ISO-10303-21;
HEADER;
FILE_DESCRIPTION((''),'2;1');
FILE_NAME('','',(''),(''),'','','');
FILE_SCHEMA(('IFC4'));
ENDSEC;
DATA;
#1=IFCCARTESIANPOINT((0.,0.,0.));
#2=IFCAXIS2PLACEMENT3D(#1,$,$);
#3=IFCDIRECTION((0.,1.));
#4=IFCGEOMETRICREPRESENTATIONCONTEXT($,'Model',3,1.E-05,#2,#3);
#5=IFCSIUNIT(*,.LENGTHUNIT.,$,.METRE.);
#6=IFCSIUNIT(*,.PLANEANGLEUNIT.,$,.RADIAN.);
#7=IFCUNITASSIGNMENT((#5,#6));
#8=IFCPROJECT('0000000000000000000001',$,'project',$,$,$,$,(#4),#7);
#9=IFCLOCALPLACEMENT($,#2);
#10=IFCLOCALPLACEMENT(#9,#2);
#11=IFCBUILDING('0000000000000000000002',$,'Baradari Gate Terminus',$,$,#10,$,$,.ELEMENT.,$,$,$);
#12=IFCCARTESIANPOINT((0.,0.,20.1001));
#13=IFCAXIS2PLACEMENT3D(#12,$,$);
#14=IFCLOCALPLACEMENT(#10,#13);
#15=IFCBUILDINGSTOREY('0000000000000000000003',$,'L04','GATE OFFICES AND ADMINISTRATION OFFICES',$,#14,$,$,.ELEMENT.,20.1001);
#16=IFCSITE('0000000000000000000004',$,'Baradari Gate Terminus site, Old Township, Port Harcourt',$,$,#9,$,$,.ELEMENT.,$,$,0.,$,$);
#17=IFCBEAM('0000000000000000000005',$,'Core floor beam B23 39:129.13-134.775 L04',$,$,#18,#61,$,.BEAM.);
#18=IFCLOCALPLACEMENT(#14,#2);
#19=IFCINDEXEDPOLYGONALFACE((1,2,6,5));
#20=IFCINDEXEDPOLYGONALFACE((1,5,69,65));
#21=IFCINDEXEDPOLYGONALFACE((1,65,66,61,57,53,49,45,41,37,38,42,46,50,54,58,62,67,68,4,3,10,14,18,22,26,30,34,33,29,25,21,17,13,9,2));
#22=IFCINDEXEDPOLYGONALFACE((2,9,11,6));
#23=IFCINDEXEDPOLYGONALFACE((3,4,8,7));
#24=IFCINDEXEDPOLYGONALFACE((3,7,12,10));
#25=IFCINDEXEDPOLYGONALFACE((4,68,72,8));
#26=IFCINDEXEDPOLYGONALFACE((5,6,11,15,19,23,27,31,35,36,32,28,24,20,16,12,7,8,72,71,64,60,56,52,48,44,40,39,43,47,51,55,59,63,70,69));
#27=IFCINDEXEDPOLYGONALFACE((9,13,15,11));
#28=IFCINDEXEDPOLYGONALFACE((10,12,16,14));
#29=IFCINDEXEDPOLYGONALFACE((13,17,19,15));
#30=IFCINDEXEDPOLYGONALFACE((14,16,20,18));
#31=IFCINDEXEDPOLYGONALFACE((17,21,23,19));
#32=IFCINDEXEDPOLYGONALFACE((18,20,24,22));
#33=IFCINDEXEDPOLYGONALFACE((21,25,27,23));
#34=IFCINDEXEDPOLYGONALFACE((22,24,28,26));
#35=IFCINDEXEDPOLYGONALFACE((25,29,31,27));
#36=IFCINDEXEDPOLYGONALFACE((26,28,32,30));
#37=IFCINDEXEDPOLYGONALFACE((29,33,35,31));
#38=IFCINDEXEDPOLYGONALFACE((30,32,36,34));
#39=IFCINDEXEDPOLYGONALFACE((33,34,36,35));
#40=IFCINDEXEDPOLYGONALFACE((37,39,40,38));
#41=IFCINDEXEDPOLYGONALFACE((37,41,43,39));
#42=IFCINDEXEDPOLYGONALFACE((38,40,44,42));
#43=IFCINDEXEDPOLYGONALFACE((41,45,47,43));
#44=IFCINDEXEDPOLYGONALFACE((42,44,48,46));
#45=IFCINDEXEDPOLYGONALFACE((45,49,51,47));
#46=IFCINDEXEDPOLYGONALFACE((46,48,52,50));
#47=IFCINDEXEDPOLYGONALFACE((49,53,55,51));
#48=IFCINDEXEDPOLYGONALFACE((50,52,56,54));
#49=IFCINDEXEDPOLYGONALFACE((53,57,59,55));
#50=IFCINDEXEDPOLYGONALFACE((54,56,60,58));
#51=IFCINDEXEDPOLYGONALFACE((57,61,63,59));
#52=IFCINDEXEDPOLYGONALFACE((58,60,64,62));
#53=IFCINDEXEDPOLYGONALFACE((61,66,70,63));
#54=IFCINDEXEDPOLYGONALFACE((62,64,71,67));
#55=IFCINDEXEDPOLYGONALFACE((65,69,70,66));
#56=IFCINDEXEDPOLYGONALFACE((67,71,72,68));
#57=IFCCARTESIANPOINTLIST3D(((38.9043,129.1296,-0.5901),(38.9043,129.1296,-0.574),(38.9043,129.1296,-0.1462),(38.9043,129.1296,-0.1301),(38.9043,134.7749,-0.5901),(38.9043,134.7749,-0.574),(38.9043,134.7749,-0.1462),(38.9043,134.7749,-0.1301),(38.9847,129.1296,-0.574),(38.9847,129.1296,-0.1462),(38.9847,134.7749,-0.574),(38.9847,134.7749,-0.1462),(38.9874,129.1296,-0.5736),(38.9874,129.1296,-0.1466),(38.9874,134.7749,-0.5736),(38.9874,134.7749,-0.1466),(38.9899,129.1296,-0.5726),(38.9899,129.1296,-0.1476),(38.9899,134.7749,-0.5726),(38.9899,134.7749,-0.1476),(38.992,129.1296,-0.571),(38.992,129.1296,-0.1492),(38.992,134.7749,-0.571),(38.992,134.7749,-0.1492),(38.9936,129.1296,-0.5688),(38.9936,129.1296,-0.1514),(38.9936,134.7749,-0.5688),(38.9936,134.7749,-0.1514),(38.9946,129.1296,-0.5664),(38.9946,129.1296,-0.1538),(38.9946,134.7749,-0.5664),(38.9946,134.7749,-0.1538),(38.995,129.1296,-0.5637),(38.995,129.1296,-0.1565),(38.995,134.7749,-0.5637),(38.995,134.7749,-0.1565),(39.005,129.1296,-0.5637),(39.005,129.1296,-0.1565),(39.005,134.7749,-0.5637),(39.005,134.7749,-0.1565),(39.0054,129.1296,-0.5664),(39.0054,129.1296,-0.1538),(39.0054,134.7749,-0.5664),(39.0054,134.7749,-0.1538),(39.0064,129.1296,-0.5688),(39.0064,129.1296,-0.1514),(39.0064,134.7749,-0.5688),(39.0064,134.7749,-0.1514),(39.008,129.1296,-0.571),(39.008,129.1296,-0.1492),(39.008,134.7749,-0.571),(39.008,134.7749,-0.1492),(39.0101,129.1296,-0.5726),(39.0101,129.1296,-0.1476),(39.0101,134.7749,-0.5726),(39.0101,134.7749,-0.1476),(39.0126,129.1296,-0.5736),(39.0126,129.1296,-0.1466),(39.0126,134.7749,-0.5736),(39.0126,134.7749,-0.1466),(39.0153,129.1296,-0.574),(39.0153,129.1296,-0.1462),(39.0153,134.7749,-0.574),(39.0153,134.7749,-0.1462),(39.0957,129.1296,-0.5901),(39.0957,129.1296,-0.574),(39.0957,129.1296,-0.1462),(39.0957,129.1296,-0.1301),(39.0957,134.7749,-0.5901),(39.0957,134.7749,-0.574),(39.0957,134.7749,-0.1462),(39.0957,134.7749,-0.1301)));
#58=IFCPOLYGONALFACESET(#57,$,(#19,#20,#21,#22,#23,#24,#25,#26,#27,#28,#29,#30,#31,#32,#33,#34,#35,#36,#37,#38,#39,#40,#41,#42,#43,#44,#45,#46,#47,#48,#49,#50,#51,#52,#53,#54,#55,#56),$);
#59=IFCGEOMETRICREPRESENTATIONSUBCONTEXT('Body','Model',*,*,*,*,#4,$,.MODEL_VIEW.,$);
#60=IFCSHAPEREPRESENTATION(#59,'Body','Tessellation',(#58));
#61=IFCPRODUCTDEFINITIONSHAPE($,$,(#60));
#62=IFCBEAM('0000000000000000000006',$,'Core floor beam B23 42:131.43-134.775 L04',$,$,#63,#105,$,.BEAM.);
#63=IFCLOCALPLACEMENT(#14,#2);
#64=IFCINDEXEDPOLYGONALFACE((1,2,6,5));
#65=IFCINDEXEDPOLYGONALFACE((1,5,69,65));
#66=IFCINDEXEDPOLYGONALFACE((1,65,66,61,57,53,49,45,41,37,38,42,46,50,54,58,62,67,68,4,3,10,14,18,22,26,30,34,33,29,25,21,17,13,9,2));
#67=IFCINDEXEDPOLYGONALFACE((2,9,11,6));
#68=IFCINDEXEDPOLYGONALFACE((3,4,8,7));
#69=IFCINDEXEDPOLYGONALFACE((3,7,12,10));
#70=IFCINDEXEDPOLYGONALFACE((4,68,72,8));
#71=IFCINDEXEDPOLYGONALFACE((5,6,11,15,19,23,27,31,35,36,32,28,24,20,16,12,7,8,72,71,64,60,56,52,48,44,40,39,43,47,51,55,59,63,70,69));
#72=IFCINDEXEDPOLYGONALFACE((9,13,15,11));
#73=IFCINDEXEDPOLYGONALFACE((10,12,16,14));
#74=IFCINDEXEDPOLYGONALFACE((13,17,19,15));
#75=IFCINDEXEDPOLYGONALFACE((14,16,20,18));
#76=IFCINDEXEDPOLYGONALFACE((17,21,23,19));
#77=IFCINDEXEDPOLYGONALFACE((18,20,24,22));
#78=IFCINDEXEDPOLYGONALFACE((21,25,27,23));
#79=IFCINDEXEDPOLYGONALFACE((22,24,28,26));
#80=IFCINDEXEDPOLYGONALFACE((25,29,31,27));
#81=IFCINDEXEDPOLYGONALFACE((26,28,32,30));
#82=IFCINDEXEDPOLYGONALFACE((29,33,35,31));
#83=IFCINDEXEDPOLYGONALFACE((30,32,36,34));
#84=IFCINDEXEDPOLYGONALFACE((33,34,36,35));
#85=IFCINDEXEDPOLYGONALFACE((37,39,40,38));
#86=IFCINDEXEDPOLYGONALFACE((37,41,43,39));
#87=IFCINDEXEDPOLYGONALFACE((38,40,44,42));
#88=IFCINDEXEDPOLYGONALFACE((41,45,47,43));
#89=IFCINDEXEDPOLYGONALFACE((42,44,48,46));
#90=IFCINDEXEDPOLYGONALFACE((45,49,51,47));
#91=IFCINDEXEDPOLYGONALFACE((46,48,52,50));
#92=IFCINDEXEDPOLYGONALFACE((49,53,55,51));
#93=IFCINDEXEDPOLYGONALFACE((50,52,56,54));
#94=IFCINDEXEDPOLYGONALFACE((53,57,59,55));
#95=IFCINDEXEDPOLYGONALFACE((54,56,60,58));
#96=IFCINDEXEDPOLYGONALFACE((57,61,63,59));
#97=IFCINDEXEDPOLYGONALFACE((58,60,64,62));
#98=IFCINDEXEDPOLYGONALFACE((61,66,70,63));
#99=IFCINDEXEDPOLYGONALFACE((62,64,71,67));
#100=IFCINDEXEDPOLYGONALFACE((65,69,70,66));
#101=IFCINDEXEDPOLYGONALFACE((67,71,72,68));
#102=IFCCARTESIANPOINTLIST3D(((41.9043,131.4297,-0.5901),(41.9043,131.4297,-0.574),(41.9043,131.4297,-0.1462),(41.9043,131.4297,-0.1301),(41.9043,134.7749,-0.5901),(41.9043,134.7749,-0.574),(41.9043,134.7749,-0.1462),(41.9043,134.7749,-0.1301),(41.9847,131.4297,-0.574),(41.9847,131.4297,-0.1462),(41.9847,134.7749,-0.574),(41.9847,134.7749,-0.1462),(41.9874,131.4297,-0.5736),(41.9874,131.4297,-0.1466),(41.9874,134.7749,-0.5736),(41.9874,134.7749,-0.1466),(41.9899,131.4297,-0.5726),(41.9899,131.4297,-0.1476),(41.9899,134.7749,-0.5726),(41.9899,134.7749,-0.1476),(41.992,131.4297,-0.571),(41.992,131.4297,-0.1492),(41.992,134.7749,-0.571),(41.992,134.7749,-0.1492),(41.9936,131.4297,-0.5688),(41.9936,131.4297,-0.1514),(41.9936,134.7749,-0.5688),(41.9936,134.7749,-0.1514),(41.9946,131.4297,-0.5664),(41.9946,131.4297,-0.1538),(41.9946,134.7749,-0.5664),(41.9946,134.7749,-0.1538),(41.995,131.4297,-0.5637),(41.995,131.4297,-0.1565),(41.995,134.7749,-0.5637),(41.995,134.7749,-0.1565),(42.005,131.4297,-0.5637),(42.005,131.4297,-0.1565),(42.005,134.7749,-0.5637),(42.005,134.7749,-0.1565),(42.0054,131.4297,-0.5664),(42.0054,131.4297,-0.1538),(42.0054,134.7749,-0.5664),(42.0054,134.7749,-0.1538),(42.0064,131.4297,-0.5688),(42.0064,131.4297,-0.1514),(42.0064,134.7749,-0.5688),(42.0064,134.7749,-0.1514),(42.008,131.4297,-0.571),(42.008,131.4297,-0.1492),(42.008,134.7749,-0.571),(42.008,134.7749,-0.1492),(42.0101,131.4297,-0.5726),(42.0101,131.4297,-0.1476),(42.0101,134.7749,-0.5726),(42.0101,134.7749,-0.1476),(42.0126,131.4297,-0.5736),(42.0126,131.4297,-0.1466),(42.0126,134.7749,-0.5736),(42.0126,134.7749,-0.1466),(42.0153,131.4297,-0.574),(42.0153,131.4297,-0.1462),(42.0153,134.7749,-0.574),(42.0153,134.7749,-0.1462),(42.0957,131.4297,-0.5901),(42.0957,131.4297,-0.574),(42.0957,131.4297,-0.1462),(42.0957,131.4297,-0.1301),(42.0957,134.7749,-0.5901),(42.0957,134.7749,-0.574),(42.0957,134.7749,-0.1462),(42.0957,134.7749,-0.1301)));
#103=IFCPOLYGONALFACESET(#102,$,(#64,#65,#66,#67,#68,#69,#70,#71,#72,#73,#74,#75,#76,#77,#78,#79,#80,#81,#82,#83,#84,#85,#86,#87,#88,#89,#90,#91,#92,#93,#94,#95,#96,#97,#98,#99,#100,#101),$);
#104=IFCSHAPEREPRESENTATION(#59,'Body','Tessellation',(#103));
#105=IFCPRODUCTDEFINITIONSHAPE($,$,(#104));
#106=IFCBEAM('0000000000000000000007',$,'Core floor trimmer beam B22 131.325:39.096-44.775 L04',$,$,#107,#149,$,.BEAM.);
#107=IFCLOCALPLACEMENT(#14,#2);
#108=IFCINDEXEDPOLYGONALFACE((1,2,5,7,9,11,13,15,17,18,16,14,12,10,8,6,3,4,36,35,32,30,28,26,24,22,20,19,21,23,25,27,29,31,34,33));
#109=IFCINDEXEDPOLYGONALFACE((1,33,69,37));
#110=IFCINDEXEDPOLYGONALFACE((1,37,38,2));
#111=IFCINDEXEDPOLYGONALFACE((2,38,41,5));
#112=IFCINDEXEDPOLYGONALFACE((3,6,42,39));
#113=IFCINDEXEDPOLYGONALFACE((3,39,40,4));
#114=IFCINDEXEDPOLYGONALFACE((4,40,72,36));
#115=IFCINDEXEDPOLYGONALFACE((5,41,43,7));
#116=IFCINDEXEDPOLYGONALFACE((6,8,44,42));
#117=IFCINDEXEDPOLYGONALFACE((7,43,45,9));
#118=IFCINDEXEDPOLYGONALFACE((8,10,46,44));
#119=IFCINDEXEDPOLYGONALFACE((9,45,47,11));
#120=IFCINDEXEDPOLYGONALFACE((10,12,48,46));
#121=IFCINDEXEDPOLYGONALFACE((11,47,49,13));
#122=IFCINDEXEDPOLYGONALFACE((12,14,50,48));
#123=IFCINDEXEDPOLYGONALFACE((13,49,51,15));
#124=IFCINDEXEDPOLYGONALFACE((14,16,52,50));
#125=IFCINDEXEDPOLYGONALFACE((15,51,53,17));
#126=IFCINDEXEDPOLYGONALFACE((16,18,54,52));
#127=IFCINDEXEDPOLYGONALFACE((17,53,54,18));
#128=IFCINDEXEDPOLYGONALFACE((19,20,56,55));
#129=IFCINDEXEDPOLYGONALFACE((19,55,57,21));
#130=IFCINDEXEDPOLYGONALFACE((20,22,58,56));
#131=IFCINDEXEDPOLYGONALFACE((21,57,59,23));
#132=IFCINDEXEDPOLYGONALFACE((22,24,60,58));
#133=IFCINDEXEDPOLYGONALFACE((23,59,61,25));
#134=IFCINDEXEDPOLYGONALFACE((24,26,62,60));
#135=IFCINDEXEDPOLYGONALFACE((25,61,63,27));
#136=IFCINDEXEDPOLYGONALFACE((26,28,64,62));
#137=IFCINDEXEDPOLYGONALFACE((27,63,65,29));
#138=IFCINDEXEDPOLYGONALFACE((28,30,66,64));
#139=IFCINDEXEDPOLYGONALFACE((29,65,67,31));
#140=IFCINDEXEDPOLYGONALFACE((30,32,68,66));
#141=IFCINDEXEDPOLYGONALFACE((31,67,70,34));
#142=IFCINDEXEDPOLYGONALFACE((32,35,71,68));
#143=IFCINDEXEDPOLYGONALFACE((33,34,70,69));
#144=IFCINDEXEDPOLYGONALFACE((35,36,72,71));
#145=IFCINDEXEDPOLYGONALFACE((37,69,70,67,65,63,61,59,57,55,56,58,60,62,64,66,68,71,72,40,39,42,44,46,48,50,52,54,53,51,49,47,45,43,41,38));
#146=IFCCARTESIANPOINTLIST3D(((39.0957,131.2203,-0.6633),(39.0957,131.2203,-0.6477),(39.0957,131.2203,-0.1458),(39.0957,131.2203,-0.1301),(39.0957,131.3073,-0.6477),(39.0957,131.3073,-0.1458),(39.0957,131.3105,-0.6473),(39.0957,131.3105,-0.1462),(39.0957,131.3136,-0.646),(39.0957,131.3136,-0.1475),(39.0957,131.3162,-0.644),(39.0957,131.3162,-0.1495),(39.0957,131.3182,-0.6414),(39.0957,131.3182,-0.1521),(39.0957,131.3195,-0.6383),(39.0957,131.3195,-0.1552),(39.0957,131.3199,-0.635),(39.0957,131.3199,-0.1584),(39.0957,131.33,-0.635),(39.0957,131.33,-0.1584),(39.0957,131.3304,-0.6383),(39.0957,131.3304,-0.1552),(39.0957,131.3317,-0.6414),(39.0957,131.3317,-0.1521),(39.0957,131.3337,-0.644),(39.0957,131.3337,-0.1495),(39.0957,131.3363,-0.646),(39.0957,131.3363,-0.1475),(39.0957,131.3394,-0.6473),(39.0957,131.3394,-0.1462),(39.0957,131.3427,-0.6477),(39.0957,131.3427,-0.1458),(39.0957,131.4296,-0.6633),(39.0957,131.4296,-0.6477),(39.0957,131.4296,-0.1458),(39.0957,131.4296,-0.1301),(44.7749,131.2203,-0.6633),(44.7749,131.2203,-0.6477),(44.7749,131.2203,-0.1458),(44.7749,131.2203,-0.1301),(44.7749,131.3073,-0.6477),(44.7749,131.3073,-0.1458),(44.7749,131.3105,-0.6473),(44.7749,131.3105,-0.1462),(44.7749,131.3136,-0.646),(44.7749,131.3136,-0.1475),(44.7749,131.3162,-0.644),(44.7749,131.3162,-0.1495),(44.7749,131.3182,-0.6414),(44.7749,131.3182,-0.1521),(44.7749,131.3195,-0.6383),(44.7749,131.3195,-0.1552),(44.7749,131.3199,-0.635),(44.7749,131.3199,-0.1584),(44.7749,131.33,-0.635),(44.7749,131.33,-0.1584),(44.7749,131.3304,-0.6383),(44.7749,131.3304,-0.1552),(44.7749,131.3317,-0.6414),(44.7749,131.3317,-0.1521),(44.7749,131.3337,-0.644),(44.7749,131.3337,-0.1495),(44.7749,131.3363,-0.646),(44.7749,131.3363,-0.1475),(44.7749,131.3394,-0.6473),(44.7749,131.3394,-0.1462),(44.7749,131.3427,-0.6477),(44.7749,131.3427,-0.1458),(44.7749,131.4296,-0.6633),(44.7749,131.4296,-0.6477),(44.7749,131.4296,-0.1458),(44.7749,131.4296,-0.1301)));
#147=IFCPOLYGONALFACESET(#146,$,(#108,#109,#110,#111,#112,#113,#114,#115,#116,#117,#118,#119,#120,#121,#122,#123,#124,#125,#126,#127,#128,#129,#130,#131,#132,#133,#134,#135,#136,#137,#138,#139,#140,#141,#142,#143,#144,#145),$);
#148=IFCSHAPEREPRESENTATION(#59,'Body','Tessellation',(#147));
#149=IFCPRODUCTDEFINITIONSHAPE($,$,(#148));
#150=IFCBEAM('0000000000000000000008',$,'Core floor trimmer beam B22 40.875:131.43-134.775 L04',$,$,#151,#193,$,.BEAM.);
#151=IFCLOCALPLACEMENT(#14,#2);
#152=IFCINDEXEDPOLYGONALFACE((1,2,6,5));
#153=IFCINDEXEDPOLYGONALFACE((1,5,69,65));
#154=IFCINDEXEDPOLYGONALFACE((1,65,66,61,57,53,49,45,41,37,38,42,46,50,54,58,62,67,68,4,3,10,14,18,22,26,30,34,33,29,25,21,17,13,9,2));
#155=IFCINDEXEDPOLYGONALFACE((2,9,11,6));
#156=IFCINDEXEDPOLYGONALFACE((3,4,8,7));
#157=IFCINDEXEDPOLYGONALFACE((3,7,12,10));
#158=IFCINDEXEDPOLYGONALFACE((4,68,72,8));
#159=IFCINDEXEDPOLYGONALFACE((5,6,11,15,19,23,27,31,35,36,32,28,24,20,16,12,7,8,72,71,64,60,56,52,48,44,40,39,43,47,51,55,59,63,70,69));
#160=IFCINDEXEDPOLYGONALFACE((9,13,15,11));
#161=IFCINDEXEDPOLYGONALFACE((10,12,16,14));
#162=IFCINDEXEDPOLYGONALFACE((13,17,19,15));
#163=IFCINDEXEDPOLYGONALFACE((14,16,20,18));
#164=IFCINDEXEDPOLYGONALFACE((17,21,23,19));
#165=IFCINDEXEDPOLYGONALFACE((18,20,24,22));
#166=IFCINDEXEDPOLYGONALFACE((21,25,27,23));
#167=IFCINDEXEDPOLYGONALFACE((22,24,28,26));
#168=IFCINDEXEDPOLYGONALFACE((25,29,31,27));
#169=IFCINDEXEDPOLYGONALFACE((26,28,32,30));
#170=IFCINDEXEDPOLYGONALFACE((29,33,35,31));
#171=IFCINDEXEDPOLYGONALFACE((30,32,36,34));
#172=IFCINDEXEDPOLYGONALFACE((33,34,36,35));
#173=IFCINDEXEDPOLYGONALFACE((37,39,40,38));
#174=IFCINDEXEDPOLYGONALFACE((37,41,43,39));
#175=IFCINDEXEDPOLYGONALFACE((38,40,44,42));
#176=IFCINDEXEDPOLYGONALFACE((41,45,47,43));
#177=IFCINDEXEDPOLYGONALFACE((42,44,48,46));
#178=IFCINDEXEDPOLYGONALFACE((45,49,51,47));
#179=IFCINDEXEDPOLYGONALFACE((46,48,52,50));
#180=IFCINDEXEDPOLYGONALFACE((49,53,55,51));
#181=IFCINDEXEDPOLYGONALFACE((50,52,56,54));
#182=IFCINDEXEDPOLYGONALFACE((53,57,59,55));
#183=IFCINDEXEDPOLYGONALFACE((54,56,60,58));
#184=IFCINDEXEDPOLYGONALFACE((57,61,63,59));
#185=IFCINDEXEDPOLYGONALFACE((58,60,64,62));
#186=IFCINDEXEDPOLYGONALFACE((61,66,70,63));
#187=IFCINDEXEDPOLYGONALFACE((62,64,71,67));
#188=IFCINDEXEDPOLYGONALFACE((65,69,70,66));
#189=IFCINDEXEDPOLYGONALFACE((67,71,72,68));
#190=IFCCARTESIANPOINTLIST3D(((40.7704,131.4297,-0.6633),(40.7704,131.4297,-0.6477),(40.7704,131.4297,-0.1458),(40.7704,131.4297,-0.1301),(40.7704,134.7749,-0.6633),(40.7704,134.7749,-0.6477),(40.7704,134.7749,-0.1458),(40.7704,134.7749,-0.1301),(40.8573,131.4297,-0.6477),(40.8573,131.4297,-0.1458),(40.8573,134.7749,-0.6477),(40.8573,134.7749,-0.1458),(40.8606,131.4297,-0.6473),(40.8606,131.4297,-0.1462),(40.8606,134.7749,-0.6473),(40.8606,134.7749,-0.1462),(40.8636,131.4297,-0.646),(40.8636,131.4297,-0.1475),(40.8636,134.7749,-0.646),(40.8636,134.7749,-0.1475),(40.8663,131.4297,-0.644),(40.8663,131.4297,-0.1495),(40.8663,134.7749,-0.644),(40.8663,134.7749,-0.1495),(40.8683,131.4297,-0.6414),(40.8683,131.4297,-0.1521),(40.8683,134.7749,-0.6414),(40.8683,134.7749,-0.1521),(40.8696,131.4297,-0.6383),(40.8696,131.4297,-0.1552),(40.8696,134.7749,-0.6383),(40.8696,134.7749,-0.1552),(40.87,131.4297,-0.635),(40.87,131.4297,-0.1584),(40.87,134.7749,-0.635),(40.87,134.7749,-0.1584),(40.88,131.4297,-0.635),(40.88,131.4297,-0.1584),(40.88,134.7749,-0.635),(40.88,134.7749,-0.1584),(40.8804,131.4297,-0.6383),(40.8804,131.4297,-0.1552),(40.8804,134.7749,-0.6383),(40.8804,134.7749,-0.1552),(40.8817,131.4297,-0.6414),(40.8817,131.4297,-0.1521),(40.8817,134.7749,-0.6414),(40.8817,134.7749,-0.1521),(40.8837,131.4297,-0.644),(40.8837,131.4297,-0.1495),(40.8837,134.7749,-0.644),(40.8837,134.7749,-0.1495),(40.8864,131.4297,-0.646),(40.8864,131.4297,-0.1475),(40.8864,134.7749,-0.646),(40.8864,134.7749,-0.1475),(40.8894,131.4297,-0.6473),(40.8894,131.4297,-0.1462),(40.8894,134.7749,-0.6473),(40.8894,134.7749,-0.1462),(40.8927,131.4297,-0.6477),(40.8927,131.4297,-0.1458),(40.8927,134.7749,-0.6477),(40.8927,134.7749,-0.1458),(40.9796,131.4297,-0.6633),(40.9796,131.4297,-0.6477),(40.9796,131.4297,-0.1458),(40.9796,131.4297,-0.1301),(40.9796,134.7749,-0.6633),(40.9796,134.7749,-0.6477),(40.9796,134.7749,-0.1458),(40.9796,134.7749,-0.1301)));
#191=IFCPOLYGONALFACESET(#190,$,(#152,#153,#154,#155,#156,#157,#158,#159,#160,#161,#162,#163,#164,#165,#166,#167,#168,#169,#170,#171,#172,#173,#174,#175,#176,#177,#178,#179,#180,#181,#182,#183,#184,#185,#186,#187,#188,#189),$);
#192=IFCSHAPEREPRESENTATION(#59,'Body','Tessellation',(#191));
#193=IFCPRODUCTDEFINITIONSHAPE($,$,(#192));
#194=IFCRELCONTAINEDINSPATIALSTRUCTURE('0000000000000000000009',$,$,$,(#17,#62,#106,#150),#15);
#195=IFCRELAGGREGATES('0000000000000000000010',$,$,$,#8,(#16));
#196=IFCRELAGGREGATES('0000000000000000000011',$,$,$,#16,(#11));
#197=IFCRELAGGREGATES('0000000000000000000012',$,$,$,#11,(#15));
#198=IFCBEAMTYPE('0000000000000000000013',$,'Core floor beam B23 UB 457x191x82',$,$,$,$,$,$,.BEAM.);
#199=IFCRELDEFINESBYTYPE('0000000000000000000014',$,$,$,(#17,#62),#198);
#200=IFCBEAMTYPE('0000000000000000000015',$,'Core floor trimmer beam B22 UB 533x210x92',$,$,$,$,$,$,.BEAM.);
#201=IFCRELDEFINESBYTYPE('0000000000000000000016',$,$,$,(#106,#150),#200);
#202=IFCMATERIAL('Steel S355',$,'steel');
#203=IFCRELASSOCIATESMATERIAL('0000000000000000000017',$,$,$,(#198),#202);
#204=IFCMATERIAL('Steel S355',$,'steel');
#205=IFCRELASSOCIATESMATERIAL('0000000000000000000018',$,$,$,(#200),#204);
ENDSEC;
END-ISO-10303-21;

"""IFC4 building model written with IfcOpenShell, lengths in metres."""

from ifc_helpers import new_model, si_unit, direction, frame, origin, origin_2d, place, context, subcontext, project, spatial, i_section, extrude, material, material_profile, profile_set, type_object, element, save


model = new_model("IFC4")

# Units and contexts
model_context = context("Model", 3, precision=1e-05, world=origin(), true_north=direction((0.0, 1.0)))
body_context = subcontext(model_context, "Body", "Model", "MODEL_VIEW")
ifc_project = project(units=[si_unit("LENGTHUNIT", "METRE"), si_unit("PLANEANGLEUNIT", "RADIAN")], contexts=[model_context])

# Site, building, storey
site_placement = place(None, origin())
site = spatial("IfcSite", under=ifc_project, at=site_placement, Name="Baradari Gate Terminus site, Old Township, Port Harcourt", CompositionType="ELEMENT", RefElevation=0.0)
building_placement = place(site_placement, origin())
building = spatial("IfcBuilding", under=site, at=building_placement, Name="Baradari Gate Terminus", CompositionType="ELEMENT")
storey_placement = place(building_placement, frame((0.0, 0.0, 20.1001)))
storey = spatial("IfcBuildingStorey", under=building, at=storey_placement, Name="L04", Description="GATE OFFICES AND ADMINISTRATION OFFICES", CompositionType="ELEMENT", Elevation=20.1001)

# Beams
ifc_material_1 = material(Name="Steel S355", Category="steel")
ifc_material_profile_1 = material_profile(ifc_material_1, i_section(OverallWidth=0.1914, OverallDepth=0.46, WebThickness=0.01, FlangeThickness=0.0161, FilletRadius=0.0103, at=origin_2d()), Name="UB 457x191x82")
ifc_profile_set_1 = profile_set([ifc_material_profile_1], Name="Steel S355")
beam_type_1 = type_object("IfcBeamType", Name="Core floor beam B23 UB 457x191x82", PredefinedType="BEAM", material=ifc_profile_set_1)
beam_1_placement = place(storey_placement, frame((39.0, 129.1296, -0.3601), z_axis=(0.0, 1.0, 0.0), x_axis=(-1.0, 0.0, 0.0)))
element("IfcBeam", 1, at=beam_1_placement, inside=storey, type_object=beam_type_1, Name="Core floor beam B23 39:129.13-134.775 L04", PredefinedType="BEAM", context=body_context, shape_type="SweptSolid", body=[
    extrude(i_section(OverallWidth=0.1914, OverallDepth=0.46, WebThickness=0.01, FlangeThickness=0.0161, FilletRadius=0.0103, at=origin_2d()), origin(), (0.0, 0.0, 1.0), 5.6453),
])
beam_2_placement = place(storey_placement, frame((42.0, 131.4297, -0.3601), z_axis=(0.0, 1.0, 0.0), x_axis=(-1.0, 0.0, 0.0)))
element("IfcBeam", 2, at=beam_2_placement, inside=storey, type_object=beam_type_1, Name="Core floor beam B23 42:131.43-134.775 L04", PredefinedType="BEAM", context=body_context, shape_type="SweptSolid", body=[
    extrude(i_section(OverallWidth=0.1914, OverallDepth=0.46, WebThickness=0.01, FlangeThickness=0.0161, FilletRadius=0.0103, at=origin_2d()), origin(), (0.0, 0.0, 1.0), 3.3452),
])
ifc_material_2 = material(Name="Steel S355", Category="steel")
ifc_material_profile_2 = material_profile(ifc_material_2, i_section(OverallWidth=0.2092, OverallDepth=0.5332, WebThickness=0.01, FlangeThickness=0.0156, FilletRadius=0.0127, at=origin_2d()), Name="UB 533x210x92")
ifc_profile_set_2 = profile_set([ifc_material_profile_2], Name="Steel S355")
beam_type_2 = type_object("IfcBeamType", Name="Core floor trimmer beam B22 UB 533x210x92", PredefinedType="BEAM", material=ifc_profile_set_2)
beam_3_placement = place(storey_placement, frame((39.0957, 131.325, -0.3967), z_axis=(1.0, 0.0, 0.0), x_axis=(0.0, 1.0, 0.0)))
element("IfcBeam", 3, at=beam_3_placement, inside=storey, type_object=beam_type_2, Name="Core floor trimmer beam B22 131.325:39.096-44.775 L04", PredefinedType="BEAM", context=body_context, shape_type="SweptSolid", body=[
    extrude(i_section(OverallWidth=0.2092, OverallDepth=0.5332, WebThickness=0.01, FlangeThickness=0.0156, FilletRadius=0.0127, at=origin_2d()), origin(), (0.0, 0.0, 1.0), 5.6792),
])
beam_4_placement = place(storey_placement, frame((40.875, 131.4297, -0.3967), z_axis=(0.0, 1.0, 0.0), x_axis=(-1.0, 0.0, 0.0)))
element("IfcBeam", 4, at=beam_4_placement, inside=storey, type_object=beam_type_2, Name="Core floor trimmer beam B22 40.875:131.43-134.775 L04", PredefinedType="BEAM", context=body_context, shape_type="SweptSolid", body=[
    extrude(i_section(OverallWidth=0.2092, OverallDepth=0.5332, WebThickness=0.01, FlangeThickness=0.0156, FilletRadius=0.0127, at=origin_2d()), origin(), (0.0, 0.0, 1.0), 3.3452),
])

save(model, "model.ifc")
